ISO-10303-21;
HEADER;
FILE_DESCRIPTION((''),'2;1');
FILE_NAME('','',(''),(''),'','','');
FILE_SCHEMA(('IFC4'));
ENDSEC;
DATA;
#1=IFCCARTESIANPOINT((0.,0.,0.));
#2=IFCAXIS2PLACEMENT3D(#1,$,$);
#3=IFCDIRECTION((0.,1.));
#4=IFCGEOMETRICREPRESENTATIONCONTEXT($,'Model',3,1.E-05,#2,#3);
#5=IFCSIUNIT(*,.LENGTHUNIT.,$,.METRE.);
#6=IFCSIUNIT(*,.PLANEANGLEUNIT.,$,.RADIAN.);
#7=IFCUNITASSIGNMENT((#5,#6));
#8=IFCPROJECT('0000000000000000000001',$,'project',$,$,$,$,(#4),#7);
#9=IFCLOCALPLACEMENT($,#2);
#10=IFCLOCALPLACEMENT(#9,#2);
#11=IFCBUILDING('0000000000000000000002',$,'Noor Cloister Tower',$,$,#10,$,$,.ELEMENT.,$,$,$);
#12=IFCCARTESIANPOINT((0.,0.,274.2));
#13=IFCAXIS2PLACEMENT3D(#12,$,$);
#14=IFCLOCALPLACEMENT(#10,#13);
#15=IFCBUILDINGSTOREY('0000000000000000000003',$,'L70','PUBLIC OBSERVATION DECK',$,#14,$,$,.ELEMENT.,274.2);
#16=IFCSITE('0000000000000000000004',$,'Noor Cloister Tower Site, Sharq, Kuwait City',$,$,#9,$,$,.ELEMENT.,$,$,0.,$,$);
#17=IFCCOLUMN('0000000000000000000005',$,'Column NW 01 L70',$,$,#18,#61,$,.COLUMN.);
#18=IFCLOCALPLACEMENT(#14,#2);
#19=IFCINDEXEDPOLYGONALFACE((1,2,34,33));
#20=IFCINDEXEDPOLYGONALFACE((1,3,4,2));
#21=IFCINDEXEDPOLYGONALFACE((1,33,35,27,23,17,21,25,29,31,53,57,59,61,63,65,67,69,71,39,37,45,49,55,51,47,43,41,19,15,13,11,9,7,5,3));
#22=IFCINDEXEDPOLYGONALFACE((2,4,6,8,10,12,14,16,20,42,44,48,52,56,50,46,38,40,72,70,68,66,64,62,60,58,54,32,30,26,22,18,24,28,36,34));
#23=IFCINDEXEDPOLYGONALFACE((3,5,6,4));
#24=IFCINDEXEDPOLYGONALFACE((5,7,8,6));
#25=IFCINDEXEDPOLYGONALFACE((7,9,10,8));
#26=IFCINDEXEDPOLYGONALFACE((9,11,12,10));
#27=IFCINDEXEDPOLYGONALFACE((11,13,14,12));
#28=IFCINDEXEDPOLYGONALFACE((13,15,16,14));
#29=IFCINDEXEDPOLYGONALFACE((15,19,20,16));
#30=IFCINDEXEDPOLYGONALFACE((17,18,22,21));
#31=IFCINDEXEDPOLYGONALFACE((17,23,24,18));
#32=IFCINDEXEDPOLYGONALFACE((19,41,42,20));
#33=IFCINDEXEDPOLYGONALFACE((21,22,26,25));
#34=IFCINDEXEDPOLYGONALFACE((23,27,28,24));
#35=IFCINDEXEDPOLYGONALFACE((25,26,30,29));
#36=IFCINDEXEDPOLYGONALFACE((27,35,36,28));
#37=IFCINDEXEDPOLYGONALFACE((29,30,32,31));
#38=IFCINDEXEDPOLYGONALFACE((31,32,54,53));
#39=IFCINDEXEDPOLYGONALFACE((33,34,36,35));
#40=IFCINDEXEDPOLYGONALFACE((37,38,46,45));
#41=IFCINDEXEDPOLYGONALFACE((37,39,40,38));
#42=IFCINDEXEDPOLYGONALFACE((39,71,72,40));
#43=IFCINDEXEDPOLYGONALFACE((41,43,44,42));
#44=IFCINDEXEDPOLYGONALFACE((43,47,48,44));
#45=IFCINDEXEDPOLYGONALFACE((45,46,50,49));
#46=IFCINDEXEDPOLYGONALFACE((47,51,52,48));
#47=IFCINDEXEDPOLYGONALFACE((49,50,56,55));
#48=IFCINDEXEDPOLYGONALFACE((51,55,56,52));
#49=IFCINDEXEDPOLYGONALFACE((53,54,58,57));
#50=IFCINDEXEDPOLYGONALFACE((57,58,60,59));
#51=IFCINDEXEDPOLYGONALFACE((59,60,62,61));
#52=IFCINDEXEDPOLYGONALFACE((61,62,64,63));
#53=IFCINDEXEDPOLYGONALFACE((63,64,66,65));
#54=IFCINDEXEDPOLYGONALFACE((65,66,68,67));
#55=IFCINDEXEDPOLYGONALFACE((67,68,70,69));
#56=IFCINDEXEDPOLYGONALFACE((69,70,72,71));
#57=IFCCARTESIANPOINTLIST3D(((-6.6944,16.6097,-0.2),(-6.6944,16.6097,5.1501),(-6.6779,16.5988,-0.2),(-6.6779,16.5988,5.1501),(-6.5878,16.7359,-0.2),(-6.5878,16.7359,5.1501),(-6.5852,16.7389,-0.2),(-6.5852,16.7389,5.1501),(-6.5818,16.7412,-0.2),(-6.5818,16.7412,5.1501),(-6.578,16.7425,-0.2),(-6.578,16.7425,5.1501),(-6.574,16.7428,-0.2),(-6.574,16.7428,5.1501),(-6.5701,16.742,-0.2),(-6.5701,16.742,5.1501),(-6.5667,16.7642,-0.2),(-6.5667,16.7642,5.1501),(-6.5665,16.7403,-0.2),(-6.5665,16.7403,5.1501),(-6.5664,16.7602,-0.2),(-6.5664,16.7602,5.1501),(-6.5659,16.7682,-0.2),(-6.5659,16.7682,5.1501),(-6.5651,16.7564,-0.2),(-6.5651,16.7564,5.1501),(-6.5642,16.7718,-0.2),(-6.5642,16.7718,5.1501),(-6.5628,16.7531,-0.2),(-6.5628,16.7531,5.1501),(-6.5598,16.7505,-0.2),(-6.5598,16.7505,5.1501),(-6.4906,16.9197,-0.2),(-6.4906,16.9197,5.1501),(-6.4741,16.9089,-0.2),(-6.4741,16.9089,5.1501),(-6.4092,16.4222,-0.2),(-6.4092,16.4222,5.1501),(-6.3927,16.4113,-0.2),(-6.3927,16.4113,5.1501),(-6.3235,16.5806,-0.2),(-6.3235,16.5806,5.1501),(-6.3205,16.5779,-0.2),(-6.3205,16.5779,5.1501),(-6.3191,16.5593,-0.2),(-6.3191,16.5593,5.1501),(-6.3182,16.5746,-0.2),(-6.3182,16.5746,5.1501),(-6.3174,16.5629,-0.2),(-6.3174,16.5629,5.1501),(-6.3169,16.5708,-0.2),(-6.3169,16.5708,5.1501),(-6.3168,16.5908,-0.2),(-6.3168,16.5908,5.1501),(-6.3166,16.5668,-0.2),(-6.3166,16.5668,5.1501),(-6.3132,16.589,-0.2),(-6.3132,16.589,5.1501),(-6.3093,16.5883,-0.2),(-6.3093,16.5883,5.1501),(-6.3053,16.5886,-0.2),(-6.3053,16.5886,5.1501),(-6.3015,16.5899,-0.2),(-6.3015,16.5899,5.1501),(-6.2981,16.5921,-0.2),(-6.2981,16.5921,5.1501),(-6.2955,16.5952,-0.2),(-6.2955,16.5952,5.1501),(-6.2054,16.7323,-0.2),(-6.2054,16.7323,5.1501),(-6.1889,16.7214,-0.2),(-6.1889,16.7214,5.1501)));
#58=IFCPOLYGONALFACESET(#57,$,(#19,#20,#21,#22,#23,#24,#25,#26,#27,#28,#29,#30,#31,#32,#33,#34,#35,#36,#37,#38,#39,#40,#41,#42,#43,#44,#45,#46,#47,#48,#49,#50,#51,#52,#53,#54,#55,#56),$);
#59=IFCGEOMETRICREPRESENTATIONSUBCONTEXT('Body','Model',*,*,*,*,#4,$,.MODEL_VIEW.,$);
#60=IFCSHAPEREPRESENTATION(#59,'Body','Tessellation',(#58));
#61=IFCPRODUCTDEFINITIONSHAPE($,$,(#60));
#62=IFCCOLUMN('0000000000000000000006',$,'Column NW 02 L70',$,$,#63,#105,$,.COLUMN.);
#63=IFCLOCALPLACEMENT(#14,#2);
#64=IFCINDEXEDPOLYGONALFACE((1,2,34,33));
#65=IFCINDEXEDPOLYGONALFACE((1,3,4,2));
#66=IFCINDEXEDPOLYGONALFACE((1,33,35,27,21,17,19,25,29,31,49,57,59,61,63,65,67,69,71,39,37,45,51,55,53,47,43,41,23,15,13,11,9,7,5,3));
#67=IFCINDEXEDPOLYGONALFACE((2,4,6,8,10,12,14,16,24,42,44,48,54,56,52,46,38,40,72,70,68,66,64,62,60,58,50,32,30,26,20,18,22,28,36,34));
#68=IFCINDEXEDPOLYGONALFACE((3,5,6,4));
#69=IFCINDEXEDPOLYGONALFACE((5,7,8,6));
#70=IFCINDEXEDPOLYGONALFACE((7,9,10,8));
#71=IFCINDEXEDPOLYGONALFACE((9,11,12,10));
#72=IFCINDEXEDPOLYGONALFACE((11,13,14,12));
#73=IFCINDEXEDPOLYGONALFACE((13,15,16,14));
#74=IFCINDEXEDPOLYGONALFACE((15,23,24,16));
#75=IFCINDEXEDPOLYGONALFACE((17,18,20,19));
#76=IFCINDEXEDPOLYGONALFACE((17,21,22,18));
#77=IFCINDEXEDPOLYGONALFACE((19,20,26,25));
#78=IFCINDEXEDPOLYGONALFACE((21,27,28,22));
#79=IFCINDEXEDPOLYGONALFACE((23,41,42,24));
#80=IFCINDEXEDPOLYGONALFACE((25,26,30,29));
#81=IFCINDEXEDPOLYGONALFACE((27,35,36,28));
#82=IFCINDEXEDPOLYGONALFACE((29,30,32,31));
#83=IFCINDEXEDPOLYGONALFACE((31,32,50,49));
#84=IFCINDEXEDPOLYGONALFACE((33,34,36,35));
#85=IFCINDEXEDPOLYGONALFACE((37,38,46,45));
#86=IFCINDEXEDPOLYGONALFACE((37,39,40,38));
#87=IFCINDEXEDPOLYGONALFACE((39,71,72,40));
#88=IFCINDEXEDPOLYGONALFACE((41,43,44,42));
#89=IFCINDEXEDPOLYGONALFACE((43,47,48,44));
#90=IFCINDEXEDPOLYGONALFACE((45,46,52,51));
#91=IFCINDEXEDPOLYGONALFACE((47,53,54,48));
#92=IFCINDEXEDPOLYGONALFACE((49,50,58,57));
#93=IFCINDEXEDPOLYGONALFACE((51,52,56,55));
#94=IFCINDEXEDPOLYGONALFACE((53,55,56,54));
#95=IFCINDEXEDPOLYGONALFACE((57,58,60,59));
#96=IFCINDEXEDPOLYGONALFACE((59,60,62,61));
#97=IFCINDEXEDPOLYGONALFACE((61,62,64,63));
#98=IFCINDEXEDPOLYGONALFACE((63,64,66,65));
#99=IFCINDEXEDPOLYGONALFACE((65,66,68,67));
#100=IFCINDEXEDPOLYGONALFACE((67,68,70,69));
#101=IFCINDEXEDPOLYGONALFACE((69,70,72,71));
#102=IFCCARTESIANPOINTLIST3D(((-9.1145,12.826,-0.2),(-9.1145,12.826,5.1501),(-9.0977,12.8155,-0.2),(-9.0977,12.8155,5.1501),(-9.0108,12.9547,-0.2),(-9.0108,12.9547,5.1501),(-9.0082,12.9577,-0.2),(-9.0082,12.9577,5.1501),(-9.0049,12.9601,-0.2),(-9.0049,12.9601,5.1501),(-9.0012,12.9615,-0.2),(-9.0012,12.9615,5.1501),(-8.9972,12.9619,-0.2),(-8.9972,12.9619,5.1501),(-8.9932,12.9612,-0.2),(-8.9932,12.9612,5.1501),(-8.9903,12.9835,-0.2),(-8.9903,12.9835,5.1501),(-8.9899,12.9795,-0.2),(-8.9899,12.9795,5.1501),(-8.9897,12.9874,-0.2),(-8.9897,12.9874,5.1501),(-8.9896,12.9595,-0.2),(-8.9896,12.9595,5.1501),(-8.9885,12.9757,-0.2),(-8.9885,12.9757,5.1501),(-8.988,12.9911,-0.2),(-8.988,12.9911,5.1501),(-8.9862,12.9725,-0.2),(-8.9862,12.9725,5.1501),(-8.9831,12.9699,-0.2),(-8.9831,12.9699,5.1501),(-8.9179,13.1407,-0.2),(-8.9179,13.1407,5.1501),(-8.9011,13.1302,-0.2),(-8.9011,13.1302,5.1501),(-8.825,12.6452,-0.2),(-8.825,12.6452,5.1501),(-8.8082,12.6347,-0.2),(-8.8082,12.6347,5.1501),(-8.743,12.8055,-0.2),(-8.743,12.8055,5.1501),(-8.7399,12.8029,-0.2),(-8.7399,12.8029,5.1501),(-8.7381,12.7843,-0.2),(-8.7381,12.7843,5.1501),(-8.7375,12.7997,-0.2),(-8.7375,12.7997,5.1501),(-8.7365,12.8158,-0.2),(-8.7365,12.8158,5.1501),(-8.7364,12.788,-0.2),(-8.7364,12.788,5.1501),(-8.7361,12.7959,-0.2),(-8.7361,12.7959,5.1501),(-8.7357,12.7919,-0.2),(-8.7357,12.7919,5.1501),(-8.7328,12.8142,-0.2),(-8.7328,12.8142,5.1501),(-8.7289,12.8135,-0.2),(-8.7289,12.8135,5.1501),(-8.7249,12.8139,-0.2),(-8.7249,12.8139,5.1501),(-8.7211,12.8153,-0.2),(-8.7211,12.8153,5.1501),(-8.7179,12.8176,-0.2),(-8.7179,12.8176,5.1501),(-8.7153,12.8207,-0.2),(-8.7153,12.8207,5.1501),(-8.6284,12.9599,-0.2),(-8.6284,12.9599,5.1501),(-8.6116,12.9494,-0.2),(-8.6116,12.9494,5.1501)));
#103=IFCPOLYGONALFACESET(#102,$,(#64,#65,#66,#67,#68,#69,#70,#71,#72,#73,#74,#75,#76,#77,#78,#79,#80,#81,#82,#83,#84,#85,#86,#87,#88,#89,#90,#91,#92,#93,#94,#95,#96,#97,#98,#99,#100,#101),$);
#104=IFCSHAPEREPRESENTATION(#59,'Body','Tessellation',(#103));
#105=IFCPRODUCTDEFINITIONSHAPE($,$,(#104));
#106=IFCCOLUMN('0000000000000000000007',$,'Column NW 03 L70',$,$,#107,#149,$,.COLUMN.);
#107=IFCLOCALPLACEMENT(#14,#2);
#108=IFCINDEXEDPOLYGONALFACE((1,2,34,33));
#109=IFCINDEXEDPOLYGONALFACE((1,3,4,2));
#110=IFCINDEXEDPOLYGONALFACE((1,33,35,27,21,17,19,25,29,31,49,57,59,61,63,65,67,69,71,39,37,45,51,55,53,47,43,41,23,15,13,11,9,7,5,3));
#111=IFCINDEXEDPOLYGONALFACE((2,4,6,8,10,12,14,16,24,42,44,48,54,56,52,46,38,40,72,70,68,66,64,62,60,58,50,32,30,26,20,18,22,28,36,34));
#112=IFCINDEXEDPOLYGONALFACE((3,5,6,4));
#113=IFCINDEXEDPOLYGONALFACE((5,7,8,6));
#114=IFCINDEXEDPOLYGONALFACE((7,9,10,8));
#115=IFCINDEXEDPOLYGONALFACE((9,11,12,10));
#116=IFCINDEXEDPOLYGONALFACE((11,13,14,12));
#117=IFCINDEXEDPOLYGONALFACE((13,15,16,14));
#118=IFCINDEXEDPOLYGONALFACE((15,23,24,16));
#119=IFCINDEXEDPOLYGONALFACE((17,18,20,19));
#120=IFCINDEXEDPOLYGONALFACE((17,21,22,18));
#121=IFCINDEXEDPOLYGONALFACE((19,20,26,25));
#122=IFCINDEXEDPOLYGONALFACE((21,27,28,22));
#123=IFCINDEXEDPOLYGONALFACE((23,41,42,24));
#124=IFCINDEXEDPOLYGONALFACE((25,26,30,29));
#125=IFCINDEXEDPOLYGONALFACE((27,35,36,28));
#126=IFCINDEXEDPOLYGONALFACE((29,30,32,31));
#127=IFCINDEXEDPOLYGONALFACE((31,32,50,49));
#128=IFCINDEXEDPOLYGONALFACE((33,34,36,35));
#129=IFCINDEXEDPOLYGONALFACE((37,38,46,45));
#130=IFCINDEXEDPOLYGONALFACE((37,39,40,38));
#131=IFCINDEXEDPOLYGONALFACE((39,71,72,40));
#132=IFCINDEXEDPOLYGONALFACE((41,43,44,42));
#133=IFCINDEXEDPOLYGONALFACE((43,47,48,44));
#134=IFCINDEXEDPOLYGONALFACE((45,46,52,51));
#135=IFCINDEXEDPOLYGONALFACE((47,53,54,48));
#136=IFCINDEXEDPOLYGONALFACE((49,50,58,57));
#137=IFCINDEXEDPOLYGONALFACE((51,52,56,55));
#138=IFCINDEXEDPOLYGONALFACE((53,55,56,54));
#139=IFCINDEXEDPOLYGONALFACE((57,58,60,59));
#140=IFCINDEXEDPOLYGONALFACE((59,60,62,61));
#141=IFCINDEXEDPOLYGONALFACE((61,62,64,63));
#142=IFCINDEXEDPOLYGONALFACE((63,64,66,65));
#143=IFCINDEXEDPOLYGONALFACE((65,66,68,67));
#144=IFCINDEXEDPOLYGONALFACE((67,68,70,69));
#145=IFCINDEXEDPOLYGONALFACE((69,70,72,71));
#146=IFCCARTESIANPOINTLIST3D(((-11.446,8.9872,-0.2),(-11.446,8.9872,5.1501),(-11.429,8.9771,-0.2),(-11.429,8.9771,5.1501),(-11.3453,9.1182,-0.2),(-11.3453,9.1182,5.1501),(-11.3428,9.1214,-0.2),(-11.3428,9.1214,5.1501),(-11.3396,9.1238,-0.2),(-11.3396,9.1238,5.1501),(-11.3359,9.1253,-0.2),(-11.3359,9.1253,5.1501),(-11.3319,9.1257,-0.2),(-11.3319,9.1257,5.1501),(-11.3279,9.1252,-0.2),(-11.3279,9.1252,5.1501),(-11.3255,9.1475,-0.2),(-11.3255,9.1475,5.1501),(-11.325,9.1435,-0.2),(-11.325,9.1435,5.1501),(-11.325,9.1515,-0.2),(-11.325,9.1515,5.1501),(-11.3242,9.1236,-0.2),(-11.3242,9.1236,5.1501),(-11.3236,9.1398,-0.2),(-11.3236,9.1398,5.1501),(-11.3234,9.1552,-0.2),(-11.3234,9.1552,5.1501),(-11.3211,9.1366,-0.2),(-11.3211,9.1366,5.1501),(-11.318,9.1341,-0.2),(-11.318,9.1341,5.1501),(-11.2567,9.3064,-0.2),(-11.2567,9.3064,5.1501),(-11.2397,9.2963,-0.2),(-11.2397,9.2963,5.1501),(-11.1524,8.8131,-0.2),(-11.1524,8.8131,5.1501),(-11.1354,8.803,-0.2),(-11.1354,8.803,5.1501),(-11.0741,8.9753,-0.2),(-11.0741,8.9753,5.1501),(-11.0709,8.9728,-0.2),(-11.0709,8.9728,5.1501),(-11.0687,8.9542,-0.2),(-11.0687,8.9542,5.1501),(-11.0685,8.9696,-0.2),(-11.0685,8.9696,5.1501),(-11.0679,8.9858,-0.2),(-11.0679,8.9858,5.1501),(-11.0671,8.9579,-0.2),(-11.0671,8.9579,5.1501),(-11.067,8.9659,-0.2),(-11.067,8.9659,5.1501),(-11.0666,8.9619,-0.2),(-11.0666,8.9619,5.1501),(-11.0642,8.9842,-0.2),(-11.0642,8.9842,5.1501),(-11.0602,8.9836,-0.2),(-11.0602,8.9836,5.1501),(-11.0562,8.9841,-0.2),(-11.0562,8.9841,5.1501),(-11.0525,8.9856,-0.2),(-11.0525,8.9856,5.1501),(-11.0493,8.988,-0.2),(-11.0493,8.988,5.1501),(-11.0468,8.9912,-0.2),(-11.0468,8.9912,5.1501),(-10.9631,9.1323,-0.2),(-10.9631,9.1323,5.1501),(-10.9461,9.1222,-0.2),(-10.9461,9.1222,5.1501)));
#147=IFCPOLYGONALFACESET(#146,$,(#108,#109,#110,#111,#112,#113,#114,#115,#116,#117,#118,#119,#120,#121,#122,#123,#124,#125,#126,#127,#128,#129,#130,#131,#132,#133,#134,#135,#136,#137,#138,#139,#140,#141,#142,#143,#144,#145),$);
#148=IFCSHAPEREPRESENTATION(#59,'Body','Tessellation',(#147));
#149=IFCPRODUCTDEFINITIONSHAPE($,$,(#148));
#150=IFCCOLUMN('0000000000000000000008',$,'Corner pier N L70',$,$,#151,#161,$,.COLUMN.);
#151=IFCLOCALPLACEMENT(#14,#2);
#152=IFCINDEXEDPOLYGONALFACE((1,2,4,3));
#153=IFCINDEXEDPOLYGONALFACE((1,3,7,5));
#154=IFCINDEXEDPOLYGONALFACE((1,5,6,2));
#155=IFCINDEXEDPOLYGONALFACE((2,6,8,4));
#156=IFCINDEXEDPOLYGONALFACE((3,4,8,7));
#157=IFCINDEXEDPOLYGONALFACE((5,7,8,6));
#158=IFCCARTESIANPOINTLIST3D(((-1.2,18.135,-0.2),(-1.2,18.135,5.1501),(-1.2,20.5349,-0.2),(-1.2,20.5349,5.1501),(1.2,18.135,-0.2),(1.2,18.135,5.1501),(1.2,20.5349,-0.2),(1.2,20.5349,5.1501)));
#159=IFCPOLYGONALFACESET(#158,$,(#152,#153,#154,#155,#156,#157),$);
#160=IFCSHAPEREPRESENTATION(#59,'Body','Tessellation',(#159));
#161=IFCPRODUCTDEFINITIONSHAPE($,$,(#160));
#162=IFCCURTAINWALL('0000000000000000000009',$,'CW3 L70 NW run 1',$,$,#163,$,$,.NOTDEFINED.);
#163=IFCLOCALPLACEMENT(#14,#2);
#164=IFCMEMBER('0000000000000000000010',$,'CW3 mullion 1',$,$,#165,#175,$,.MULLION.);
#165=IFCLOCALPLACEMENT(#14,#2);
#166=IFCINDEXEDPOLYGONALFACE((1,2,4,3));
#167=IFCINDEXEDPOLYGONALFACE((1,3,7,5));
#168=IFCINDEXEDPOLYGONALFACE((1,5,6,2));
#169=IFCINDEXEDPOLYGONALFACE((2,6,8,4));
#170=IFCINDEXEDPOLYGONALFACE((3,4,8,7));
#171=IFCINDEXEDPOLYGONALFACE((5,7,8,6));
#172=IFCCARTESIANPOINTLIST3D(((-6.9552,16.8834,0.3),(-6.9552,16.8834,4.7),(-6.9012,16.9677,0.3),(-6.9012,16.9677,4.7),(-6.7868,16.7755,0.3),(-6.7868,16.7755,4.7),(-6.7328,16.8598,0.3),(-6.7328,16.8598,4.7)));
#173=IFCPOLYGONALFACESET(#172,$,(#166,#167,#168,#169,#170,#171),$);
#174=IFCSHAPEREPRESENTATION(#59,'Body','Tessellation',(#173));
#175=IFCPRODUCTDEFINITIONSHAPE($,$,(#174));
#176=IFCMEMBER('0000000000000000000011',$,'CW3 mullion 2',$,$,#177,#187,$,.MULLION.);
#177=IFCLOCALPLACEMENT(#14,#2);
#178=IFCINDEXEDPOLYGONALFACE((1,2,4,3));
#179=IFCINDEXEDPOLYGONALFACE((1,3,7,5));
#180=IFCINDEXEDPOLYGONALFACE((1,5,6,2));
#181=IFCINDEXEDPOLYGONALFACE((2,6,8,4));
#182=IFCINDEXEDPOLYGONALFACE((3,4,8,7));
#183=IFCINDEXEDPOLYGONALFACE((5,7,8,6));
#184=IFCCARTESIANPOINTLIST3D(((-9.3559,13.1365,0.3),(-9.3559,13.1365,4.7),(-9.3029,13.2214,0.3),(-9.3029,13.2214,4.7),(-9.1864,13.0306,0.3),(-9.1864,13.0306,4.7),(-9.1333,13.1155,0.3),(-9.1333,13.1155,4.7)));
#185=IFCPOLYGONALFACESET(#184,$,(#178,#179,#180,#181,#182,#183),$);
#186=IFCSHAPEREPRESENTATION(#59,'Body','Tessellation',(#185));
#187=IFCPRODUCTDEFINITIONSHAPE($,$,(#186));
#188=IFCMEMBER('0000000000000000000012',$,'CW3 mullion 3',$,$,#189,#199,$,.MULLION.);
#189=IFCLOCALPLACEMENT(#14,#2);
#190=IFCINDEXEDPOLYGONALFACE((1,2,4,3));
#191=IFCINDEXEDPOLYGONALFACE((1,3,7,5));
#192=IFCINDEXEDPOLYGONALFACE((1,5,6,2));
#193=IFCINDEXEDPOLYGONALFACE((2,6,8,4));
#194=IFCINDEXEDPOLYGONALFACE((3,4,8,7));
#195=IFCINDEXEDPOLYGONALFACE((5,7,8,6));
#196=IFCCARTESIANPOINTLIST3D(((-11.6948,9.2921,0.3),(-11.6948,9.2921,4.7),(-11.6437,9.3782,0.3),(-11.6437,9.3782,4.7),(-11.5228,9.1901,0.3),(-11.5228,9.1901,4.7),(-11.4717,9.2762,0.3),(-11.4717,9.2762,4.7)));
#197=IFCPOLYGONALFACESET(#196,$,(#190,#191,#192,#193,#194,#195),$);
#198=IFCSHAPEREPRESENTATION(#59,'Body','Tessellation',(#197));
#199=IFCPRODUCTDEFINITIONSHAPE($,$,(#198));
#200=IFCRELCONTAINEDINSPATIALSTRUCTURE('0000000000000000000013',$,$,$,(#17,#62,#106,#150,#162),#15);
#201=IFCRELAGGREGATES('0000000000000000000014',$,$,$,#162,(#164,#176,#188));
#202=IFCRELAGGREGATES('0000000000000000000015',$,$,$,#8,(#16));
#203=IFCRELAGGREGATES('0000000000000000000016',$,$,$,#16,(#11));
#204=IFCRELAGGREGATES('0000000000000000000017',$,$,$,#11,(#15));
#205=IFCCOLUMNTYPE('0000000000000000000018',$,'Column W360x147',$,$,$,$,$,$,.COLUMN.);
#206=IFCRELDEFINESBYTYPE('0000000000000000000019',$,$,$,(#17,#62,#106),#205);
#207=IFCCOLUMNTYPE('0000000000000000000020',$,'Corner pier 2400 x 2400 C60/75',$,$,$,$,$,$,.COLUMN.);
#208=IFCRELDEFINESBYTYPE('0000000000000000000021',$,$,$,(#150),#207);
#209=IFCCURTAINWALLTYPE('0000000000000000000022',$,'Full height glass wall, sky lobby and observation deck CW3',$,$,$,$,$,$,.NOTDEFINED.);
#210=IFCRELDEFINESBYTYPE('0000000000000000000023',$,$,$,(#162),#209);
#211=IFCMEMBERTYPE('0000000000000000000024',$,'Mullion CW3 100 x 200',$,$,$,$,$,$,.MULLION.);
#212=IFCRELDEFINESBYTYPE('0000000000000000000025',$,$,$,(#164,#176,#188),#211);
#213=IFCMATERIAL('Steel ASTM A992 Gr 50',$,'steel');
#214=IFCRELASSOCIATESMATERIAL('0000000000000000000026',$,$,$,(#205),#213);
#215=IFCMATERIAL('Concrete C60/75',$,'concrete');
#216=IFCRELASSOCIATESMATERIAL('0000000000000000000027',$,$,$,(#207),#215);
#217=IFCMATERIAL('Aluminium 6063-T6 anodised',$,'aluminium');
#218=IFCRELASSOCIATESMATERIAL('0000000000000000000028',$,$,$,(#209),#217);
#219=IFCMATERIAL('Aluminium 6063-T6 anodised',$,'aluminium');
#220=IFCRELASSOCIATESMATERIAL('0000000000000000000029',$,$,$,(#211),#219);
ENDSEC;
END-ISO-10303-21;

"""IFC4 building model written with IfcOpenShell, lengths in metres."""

from ifc_helpers import new_model, si_unit, direction, frame, origin, origin_2d, place, context, subcontext, project, spatial, rectangle, i_section, extrude, material, material_profile, profile_set, type_object, element, aggregate, save


model = new_model("IFC4")

# Units and contexts
model_context = context("Model", 3, precision=1e-05, world=origin(), true_north=direction((0.0, 1.0)))
body_context = subcontext(model_context, "Body", "Model", "MODEL_VIEW")
ifc_project = project(units=[si_unit("LENGTHUNIT", "METRE"), si_unit("PLANEANGLEUNIT", "RADIAN")], contexts=[model_context])

# Site, building, storey
site_placement = place(None, origin())
site = spatial("IfcSite", under=ifc_project, at=site_placement, Name="Noor Cloister Tower Site, Sharq, Kuwait City", CompositionType="ELEMENT", RefElevation=0.0)
building_placement = place(site_placement, origin())
building = spatial("IfcBuilding", under=site, at=building_placement, Name="Noor Cloister Tower", CompositionType="ELEMENT")
storey_placement = place(building_placement, frame((0.0, 0.0, 274.2)))
storey = spatial("IfcBuildingStorey", under=building, at=storey_placement, Name="L70", Description="PUBLIC OBSERVATION DECK", CompositionType="ELEMENT", Elevation=274.2)

# Columns
ifc_material_1 = material(Name="Steel ASTM A992 Gr 50", Category="steel")
ifc_material_profile_1 = material_profile(ifc_material_1, i_section(OverallWidth=0.3711, OverallDepth=0.3611, WebThickness=0.0122, FlangeThickness=0.0198, FilletRadius=0.0154, at=origin_2d()), Name="W360x147")
ifc_profile_set_1 = profile_set([ifc_material_profile_1], Name="Steel ASTM A992 Gr 50")
column_type_1 = type_object("IfcColumnType", Name="Column W360x147", PredefinedType="COLUMN", material=ifc_profile_set_1)
for number, where, z_axis, x_axis, name in (
    (1, (-6.4417, 16.6655, -0.2), (0.0, 0.0, 1.0), (-0.549345, -0.835596, 0.0), "Column NW 01 L70"),
    (2, (-8.863, 12.8877, -0.2), (0.0, 0.0, 1.0), (-0.529819, -0.848111, 0.0), "Column NW 02 L70"),
    (3, (-11.196, 9.0547, -0.2), (0.0, 0.0, 1.0), (-0.510009, -0.860169, 0.0), "Column NW 03 L70"),
):
    element("IfcColumn", number, at=place(storey_placement, frame(where, z_axis=z_axis, x_axis=x_axis)), inside=storey, type_object=column_type_1, Name=name, PredefinedType="COLUMN", context=body_context, shape_type="SweptSolid", body=[
        extrude(i_section(OverallWidth=0.3711, OverallDepth=0.3611, WebThickness=0.0122, FlangeThickness=0.0198, FilletRadius=0.0154, at=origin_2d()), origin(), (0.0, 0.0, 1.0), 5.3501),
    ])
ifc_material_2 = material(Name="Concrete C60/75", Category="concrete")
ifc_material_profile_2 = material_profile(ifc_material_2, rectangle(XDim=2.3999, YDim=2.3999, at=origin_2d()), Name="RC 2400x2400")
ifc_profile_set_2 = profile_set([ifc_material_profile_2], Name="Concrete C60/75")
column_type_2 = type_object("IfcColumnType", Name="Corner pier 2400 x 2400 C60/75", PredefinedType="COLUMN", material=ifc_profile_set_2)
column_placement = place(storey_placement, frame((0.0, 19.335, -0.2), z_axis=(0.0, 0.0, 1.0), x_axis=(0.0, 1.0, 0.0)))
element("IfcColumn", 4, at=column_placement, inside=storey, type_object=column_type_2, Name="Corner pier N L70", PredefinedType="COLUMN", context=body_context, shape_type="SweptSolid", body=[
    extrude(rectangle(XDim=2.3999, YDim=2.3999, at=origin_2d()), origin(), (0.0, 0.0, 1.0), 5.3501),
])

# Curtain wall, members
ifc_material_3 = material(Name="Aluminium 6063-T6 anodised", Category="aluminium")
curtain_wall_type = type_object("IfcCurtainWallType", Name="Full height glass wall, sky lobby and observation deck CW3", PredefinedType="NOTDEFINED", material=ifc_material_3)
curtain_wall_placement = place(storey_placement, origin())
curtain_wall = element("IfcCurtainWall", 5, at=curtain_wall_placement, inside=storey, type_object=curtain_wall_type, Name="CW3 L70 NW run 1", PredefinedType="NOTDEFINED")
ifc_material_4 = material(Name="Aluminium 6063-T6 anodised", Category="aluminium")
ifc_material_profile_3 = material_profile(ifc_material_4, rectangle(XDim=0.2, YDim=0.1001, at=origin_2d()), Name="200 x 100 mullion")
ifc_profile_set_3 = profile_set([ifc_material_profile_3], Name="Aluminium 6063-T6 anodised")
member_type = type_object("IfcMemberType", Name="Mullion CW3 100 x 200", PredefinedType="MULLION", material=ifc_profile_set_3)
member_1_placement = place(storey_placement, frame((-6.844, 16.8716, 0.3), z_axis=(0.0, 0.0, 1.0), x_axis=(0.84191, -0.539618, 0.0)))
member_1 = element("IfcMember", 6, at=member_1_placement, type_object=member_type, Name="CW3 mullion 1", PredefinedType="MULLION", context=body_context, shape_type="SweptSolid", body=[
    extrude(rectangle(XDim=0.2, YDim=0.1001, at=origin_2d()), origin(), (0.0, 0.0, 1.0), 4.3999),
])
member_2_placement = place(storey_placement, frame((-9.2446, 13.126, 0.3), z_axis=(0.0, 0.0, 1.0), x_axis=(0.848111, -0.529819, 0.0)))
member_2 = element("IfcMember", 7, at=member_2_placement, type_object=member_type, Name="CW3 mullion 2", PredefinedType="MULLION", context=body_context, shape_type="SweptSolid", body=[
    extrude(rectangle(XDim=0.2, YDim=0.1001, at=origin_2d()), origin(), (0.0, 0.0, 1.0), 4.3999),
])
member_3_placement = place(storey_placement, frame((-11.5833, 9.2842, 0.3), z_axis=(0.0, 0.0, 1.0), x_axis=(0.860169, -0.510009, 0.0)))
member_3 = element("IfcMember", 8, at=member_3_placement, type_object=member_type, Name="CW3 mullion 3", PredefinedType="MULLION", context=body_context, shape_type="SweptSolid", body=[
    extrude(rectangle(XDim=0.2, YDim=0.1001, at=origin_2d()), origin(), (0.0, 0.0, 1.0), 4.3999),
])

aggregate(curtain_wall, [member_1, member_2, member_3])

save(model, "model.ifc")
